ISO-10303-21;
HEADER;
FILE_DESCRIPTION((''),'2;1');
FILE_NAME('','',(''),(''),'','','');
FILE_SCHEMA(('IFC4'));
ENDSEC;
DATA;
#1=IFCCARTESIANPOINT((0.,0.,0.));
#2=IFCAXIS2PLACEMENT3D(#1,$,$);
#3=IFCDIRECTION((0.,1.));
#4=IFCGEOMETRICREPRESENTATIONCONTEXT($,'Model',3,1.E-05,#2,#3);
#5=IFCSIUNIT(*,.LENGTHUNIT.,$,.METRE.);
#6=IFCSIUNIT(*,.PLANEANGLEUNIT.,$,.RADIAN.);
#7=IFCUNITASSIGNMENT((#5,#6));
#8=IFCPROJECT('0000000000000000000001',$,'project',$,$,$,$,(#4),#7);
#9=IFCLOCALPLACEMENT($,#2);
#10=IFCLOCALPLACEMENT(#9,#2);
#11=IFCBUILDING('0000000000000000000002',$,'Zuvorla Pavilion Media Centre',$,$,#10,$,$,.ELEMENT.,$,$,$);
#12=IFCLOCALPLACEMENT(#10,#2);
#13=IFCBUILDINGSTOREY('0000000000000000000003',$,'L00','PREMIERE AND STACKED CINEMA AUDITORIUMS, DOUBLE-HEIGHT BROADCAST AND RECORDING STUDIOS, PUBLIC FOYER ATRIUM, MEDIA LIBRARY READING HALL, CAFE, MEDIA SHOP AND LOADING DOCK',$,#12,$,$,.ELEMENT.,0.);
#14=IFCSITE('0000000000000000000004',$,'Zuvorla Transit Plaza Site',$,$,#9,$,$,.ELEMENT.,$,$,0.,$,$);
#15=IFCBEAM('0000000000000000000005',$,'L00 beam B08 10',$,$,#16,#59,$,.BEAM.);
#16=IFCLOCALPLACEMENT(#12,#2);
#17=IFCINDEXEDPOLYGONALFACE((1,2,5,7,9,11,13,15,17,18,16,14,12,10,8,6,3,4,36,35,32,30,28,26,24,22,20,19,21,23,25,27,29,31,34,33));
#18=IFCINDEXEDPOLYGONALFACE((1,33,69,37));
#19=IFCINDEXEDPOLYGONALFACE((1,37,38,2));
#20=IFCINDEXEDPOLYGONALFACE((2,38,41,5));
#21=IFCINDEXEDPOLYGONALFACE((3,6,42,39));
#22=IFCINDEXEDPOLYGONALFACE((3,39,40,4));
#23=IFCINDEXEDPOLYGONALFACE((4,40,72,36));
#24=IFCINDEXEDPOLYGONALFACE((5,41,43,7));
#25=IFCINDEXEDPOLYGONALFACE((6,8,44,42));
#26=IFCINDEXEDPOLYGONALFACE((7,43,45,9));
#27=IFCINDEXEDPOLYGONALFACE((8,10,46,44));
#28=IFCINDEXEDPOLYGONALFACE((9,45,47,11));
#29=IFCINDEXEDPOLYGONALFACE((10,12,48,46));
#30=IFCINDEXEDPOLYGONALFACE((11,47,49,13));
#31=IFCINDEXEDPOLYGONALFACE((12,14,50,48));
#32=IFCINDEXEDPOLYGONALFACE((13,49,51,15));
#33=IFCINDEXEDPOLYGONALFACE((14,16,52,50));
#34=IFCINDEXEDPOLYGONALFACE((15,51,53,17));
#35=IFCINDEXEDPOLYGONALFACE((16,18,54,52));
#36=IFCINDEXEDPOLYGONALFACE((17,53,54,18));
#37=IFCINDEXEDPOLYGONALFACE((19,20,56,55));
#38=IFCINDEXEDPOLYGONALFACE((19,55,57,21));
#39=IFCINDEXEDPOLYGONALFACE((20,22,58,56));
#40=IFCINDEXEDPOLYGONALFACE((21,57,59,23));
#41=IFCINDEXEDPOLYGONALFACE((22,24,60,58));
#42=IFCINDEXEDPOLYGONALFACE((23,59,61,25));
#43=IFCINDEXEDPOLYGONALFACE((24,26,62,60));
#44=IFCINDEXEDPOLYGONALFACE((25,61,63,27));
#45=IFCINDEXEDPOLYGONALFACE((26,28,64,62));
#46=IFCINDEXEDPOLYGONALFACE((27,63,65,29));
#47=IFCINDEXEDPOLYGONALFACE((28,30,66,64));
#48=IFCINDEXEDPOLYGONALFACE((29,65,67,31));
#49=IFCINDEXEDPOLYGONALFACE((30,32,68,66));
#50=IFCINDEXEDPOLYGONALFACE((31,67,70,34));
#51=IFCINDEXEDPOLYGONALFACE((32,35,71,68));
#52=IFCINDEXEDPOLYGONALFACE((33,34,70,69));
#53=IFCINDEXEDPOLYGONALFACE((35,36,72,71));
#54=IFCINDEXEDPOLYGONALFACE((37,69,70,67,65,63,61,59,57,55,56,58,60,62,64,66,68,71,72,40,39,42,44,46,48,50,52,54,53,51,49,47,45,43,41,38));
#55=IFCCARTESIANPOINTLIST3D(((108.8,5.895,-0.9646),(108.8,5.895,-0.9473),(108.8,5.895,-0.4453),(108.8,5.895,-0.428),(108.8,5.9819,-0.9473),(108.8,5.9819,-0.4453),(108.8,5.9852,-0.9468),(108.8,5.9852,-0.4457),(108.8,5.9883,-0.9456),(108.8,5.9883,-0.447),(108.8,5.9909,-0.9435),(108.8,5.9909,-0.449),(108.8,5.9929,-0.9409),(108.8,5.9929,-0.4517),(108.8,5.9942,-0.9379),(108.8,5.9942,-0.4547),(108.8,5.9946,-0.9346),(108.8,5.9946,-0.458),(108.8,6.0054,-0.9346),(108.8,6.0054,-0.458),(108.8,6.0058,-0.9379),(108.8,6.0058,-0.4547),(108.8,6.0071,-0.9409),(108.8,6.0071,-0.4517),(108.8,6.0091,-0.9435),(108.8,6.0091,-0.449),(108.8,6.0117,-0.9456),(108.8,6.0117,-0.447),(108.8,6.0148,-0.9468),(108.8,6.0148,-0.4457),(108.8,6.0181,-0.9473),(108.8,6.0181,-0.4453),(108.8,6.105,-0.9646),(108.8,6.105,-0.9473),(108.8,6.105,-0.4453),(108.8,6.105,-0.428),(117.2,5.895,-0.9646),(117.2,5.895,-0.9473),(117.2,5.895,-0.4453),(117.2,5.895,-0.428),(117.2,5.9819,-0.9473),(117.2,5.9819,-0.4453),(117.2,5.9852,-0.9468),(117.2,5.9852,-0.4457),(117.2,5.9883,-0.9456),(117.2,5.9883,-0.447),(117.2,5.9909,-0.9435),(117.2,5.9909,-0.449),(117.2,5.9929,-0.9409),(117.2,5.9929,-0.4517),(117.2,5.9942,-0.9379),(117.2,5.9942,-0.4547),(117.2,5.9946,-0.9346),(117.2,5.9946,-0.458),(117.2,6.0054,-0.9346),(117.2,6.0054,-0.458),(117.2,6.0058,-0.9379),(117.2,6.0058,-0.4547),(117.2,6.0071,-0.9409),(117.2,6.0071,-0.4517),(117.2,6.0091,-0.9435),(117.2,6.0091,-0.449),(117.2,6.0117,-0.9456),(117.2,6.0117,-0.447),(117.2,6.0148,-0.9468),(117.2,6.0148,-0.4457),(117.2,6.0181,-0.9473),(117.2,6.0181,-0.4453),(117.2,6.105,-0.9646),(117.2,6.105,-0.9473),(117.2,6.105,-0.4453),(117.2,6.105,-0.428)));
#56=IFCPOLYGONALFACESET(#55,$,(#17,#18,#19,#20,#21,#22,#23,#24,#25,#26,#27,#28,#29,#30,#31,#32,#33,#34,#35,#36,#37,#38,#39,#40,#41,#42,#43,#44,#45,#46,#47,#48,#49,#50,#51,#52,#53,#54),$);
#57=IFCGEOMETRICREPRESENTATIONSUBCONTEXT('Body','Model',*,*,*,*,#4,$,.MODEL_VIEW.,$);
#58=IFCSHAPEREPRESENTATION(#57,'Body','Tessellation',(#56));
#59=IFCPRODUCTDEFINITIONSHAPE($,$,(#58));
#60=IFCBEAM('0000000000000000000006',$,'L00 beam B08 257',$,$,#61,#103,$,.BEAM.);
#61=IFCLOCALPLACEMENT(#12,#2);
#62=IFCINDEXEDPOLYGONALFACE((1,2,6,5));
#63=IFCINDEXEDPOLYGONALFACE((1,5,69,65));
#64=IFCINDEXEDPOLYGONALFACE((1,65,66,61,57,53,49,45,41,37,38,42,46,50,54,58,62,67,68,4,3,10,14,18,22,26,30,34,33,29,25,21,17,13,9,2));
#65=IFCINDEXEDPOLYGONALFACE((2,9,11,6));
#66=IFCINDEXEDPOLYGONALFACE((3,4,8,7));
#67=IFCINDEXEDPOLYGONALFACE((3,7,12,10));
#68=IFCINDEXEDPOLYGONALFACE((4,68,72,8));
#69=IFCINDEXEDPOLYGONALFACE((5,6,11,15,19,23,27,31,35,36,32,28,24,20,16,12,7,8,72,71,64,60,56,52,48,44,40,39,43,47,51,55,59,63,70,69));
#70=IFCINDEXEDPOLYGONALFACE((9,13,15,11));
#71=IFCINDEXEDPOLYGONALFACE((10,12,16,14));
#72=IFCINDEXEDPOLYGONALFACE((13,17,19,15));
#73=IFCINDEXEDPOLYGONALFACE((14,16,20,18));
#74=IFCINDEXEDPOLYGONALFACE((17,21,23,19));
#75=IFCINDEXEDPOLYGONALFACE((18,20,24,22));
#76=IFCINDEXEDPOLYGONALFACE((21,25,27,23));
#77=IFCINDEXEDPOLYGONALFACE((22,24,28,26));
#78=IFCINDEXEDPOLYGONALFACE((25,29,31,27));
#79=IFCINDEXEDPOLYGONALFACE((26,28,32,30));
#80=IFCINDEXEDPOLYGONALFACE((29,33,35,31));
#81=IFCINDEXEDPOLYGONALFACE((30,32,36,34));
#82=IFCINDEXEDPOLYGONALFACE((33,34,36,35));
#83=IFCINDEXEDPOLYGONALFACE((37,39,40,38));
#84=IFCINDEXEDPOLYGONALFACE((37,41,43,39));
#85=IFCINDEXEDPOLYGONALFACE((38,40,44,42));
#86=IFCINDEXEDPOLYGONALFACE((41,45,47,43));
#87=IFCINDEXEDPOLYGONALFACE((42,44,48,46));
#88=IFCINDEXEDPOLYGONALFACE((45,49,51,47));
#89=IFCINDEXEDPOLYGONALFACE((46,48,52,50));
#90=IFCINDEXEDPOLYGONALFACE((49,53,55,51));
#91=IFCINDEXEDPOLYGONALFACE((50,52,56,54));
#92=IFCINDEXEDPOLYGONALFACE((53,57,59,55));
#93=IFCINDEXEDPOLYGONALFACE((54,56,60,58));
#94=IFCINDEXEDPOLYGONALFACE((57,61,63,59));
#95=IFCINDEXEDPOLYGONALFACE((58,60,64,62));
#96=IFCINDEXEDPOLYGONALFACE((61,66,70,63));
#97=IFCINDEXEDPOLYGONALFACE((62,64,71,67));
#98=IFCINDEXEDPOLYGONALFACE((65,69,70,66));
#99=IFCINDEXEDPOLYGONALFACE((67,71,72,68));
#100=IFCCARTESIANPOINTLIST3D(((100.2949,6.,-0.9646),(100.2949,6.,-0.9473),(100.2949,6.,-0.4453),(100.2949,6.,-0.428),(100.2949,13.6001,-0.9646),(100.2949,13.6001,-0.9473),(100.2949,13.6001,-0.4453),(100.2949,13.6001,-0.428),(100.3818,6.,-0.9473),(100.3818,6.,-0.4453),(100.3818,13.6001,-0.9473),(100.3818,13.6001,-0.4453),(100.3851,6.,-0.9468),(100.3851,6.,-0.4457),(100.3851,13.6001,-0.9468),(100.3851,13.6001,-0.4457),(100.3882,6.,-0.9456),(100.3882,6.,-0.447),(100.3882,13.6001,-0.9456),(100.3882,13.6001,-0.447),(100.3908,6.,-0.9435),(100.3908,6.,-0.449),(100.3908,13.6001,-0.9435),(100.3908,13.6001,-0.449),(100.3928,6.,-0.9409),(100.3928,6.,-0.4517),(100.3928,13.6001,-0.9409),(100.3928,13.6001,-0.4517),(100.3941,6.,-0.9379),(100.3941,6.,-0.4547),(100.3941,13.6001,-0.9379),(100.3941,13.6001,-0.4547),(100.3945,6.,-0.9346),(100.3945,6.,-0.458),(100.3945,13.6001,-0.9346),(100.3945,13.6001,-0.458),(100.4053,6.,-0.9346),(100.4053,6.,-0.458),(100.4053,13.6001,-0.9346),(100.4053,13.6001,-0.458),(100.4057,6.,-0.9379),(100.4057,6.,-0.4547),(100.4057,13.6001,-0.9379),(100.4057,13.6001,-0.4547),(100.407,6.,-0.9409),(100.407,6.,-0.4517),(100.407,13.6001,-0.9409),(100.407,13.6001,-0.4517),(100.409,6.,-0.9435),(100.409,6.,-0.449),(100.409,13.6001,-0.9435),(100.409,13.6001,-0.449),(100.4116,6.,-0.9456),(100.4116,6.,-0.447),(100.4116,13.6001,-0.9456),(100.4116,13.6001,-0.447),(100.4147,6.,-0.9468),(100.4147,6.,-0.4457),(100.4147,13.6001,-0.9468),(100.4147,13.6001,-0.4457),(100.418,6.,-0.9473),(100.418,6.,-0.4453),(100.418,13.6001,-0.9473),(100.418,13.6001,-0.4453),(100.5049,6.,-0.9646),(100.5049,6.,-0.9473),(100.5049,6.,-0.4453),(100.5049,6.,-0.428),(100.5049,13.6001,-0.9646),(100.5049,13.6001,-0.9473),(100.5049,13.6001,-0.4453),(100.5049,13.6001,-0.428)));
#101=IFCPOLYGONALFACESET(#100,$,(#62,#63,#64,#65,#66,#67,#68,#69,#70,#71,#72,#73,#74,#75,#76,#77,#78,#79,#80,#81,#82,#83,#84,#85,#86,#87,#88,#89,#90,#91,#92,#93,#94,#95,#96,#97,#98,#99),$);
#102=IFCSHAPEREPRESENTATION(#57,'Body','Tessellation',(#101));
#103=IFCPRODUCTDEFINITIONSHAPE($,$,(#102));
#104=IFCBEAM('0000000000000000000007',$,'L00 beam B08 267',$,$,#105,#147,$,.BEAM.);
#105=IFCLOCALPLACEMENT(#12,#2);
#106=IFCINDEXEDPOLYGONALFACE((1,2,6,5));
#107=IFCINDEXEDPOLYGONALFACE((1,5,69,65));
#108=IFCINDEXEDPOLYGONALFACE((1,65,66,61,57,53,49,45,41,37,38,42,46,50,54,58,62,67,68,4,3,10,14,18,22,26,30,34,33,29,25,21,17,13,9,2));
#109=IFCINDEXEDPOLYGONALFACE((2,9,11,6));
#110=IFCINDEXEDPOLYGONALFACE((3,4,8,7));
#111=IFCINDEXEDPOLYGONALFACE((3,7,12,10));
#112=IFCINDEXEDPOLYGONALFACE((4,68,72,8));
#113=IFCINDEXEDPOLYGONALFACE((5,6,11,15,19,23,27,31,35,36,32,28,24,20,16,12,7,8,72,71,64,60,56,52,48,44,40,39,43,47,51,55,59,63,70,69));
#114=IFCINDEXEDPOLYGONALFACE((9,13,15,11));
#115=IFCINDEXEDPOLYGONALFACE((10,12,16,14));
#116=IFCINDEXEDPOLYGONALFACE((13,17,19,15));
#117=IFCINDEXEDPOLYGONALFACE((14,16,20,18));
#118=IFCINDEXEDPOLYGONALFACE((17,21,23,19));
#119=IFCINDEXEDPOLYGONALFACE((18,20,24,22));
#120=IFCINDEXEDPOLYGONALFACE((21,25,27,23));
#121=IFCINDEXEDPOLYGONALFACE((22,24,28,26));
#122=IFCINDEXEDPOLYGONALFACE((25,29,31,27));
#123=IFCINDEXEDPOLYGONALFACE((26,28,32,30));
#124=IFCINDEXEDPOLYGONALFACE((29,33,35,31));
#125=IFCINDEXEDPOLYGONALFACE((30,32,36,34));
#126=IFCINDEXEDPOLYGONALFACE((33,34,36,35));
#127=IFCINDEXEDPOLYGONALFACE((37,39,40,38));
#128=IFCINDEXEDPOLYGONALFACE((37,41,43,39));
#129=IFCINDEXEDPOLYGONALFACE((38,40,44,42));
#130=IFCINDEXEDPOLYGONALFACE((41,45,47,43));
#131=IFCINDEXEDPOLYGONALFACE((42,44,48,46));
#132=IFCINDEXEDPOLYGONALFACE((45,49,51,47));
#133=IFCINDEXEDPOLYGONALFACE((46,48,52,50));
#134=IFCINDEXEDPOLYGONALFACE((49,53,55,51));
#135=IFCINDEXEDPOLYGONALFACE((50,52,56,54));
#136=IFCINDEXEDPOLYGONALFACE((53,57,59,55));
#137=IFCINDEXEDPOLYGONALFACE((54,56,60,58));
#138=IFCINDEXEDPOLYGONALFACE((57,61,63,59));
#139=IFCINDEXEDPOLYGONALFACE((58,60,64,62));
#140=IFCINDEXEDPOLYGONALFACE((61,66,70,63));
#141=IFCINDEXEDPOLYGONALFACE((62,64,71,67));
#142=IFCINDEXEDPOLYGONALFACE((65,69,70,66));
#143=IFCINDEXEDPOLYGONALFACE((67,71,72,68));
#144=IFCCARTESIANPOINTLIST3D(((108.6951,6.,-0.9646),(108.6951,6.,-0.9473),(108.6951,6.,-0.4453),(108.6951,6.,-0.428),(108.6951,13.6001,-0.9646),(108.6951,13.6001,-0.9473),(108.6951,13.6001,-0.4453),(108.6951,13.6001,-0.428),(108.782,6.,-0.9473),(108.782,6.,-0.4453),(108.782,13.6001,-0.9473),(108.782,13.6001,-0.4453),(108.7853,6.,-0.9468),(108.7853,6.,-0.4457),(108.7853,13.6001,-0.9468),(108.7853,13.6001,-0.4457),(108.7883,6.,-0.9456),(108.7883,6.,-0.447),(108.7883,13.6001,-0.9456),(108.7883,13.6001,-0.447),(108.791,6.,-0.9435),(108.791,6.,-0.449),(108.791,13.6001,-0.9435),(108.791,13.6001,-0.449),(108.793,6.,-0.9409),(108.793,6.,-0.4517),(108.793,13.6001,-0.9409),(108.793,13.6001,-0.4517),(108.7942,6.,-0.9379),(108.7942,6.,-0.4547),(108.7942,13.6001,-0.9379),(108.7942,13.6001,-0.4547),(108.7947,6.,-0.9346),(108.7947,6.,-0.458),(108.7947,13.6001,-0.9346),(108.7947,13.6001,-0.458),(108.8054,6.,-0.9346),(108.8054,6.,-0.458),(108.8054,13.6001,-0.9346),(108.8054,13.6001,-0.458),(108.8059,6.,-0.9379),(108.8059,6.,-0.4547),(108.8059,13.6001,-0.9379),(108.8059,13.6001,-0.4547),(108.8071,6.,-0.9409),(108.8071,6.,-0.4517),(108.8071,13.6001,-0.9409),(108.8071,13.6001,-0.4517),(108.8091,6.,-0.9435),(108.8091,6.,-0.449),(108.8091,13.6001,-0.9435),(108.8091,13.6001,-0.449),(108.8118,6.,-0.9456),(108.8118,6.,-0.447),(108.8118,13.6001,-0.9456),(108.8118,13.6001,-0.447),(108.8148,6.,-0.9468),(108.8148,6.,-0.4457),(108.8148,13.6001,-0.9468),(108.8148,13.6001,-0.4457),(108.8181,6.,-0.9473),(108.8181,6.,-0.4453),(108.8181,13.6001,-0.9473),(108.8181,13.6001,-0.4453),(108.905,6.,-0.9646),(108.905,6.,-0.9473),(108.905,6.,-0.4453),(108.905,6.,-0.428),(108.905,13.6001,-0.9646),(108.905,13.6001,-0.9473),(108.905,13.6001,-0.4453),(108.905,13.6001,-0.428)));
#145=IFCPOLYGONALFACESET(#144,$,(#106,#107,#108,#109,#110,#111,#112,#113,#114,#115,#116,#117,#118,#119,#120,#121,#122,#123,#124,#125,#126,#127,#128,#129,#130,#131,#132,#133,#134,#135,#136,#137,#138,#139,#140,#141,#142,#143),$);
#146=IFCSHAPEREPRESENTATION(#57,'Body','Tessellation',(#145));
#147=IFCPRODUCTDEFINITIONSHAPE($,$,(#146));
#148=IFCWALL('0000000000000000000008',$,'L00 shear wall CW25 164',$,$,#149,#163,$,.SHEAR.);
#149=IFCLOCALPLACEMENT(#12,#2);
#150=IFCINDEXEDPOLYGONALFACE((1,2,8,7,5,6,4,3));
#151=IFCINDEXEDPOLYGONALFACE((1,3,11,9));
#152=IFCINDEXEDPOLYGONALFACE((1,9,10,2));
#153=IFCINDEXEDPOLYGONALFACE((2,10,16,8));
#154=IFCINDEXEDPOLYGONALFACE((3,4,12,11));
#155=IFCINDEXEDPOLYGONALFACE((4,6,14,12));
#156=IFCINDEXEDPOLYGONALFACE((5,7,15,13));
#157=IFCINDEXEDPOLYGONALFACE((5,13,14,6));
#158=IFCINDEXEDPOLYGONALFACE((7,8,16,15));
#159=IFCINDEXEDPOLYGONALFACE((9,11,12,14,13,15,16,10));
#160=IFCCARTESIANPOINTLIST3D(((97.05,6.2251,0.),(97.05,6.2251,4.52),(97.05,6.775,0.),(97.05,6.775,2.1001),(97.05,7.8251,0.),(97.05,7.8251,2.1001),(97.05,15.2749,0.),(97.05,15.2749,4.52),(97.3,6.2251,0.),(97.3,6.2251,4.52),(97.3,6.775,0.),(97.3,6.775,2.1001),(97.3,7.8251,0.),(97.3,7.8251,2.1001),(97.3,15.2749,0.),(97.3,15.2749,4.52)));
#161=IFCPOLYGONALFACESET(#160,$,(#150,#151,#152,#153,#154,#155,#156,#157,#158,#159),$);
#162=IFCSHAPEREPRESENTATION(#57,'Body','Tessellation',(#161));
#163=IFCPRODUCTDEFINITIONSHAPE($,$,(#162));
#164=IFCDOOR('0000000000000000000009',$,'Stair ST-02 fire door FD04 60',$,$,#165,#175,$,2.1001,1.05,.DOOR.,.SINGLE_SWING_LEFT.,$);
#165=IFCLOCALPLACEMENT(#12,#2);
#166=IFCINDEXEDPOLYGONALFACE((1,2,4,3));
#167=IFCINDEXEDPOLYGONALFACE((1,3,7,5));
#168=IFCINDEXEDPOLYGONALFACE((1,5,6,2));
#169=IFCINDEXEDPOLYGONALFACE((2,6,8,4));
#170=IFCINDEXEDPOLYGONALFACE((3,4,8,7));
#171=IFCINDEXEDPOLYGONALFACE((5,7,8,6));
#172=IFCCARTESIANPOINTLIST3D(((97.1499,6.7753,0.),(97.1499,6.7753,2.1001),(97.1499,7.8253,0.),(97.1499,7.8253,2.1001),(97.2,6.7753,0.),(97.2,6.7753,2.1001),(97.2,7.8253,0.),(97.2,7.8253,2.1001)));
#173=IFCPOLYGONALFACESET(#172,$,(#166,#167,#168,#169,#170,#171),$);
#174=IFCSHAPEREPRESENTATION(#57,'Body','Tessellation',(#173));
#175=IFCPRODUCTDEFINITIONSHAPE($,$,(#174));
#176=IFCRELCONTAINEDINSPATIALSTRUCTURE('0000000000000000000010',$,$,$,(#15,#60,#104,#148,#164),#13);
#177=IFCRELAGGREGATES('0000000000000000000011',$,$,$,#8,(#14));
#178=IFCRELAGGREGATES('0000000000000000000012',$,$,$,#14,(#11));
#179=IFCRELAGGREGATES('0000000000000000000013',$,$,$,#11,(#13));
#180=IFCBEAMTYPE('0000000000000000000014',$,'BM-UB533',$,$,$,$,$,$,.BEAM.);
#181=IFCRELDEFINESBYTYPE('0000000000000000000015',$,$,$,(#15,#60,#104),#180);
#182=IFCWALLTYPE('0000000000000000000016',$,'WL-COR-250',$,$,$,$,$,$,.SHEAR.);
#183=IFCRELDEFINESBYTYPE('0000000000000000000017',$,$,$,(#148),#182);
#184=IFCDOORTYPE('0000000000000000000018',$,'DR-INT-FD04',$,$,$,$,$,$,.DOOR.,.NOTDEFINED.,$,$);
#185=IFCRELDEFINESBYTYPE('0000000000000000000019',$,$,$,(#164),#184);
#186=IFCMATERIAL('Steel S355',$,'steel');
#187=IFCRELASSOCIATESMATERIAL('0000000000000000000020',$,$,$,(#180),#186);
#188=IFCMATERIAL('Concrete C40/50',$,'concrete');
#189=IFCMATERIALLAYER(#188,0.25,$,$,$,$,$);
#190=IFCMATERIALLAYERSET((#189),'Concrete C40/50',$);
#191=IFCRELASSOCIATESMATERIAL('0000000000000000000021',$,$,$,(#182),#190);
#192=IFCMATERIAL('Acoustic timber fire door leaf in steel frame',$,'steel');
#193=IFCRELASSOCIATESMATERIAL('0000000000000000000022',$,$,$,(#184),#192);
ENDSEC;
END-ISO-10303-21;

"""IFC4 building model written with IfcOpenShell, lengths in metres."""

from ifc_helpers import new_model, si_unit, direction, frame, frame_2d, origin, origin_2d, place, context, subcontext, project, spatial, rectangle, i_section, extrude, material, layer, layer_set, material_profile, profile_set, type_object, element, fill, save


model = new_model("IFC4")

# Units and contexts
model_context = context("Model", 3, precision=1e-05, world=origin(), true_north=direction((0.0, 1.0)))
body_context = subcontext(model_context, "Body", "Model", "MODEL_VIEW")
ifc_project = project(units=[si_unit("LENGTHUNIT", "METRE"), si_unit("PLANEANGLEUNIT", "RADIAN")], contexts=[model_context])

# Site, building, storey
site_placement = place(None, origin())
site = spatial("IfcSite", under=ifc_project, at=site_placement, Name="Zuvorla Transit Plaza Site", CompositionType="ELEMENT", RefElevation=0.0)
building_placement = place(site_placement, origin())
building = spatial("IfcBuilding", under=site, at=building_placement, Name="Zuvorla Pavilion Media Centre", CompositionType="ELEMENT")
storey_placement = place(building_placement, origin())
storey = spatial("IfcBuildingStorey", under=building, at=storey_placement, Name="L00", Description="PREMIERE AND STACKED CINEMA AUDITORIUMS, DOUBLE-HEIGHT BROADCAST AND RECORDING STUDIOS, PUBLIC FOYER ATRIUM, MEDIA LIBRARY READING HALL, CAFE, MEDIA SHOP AND LOADING DOCK", CompositionType="ELEMENT", Elevation=0.0)

# Shared definitions
ifc_material_1 = material(Name="Concrete C40/50", Category="concrete")

# Beams
ifc_material_2 = material(Name="Steel S355", Category="steel")
ifc_material_profile_1 = material_profile(ifc_material_2, i_section(OverallWidth=0.21, OverallDepth=0.5366, WebThickness=0.0107, FlangeThickness=0.0173, FilletRadius=0.0127, at=origin_2d()), Name="UB 533x210x101")
ifc_profile_set_1 = profile_set([ifc_material_profile_1], Name="Steel S355")
beam_type_1 = type_object("IfcBeamType", Name="BM-UB533", PredefinedType="BEAM", material=ifc_profile_set_1)
beam_1_placement = place(storey_placement, frame((108.8, 6.0, -0.6963), z_axis=(1.0, 0.0, 0.0), x_axis=(0.0, 1.0, 0.0)))
element("IfcBeam", 1, at=beam_1_placement, inside=storey, type_object=beam_type_1, Name="L00 beam B08 10", PredefinedType="BEAM", context=body_context, shape_type="SweptSolid", body=[
    extrude(i_section(OverallWidth=0.21, OverallDepth=0.5366, WebThickness=0.0107, FlangeThickness=0.0173, FilletRadius=0.0127, at=origin_2d()), origin(), (0.0, 0.0, 1.0), 8.3999),
])
for number, where, z_axis, x_axis, name in (
    (2, (100.3999, 6.0, -0.6963), (0.0, 1.0, 0.0), (-1.0, 0.0, 0.0), "L00 beam B08 257"),
    (3, (108.8, 6.0, -0.6963), (0.0, 1.0, 0.0), (-1.0, 0.0, 0.0), "L00 beam B08 267"),
):
    element("IfcBeam", number, at=place(storey_placement, frame(where, z_axis=z_axis, x_axis=x_axis)), inside=storey, type_object=beam_type_1, Name=name, PredefinedType="BEAM", context=body_context, shape_type="SweptSolid", body=[
        extrude(i_section(OverallWidth=0.21, OverallDepth=0.5366, WebThickness=0.0107, FlangeThickness=0.0173, FilletRadius=0.0127, at=origin_2d()), origin(), (0.0, 0.0, 1.0), 7.6001),
    ])

# Wall, opening, door
ifc_layer_1 = layer(ifc_material_1, 0.25)
ifc_layer_set_1 = layer_set([ifc_layer_1], Name="Concrete C40/50")
wall_type_1 = type_object("IfcWallType", Name="WL-COR-250", PredefinedType="SHEAR", material=ifc_layer_set_1)
wall_1_placement = place(storey_placement, frame((97.175, 6.2251, 0.0), z_axis=(0.0, 0.0, 1.0), x_axis=(0.0, 1.0, 0.0)))
wall_1 = element("IfcWall", 4, at=wall_1_placement, inside=storey, type_object=wall_type_1, Name="L00 shear wall CW25 164", PredefinedType="SHEAR", context=body_context, shape_type="SweptSolid", body=[
    extrude(rectangle(XDim=9.0498, YDim=0.25, at=frame_2d((4.5249, 0.0))), origin(), (0.0, 0.0, 1.0), 4.52),
])
opening_1_placement = place(wall_1_placement, frame((0.55, 0.0, 0.0)))
opening_1 = element("IfcOpeningElement", 5, at=opening_1_placement, cuts=wall_1, PredefinedType="OPENING", context=body_context, shape_type="SweptSolid", body=[
    extrude(rectangle(XDim=1.05, YDim=2.1001, at=frame_2d((0.5249, 1.05))), frame((0.0, 0.135, 0.0), z_axis=(0.0, -1.0, 0.0), x_axis=(1.0, 0.0, 0.0)), (0.0, 0.0, 1.0), 0.27),
])
ifc_material_3 = material(Name="Acoustic timber fire door leaf in steel frame", Category="steel")
door_type = type_object("IfcDoorType", Name="DR-INT-FD04", OperationType="NOTDEFINED", PredefinedType="DOOR", material=ifc_material_3)
door_placement = place(opening_1_placement, frame((1.05, 0.0, 0.0), z_axis=(0.0, 0.0, 1.0), x_axis=(-1.0, 0.0, 0.0)))
door = element("IfcDoor", 6, at=door_placement, inside=storey, type_object=door_type, Name="Stair ST-02 fire door FD04 60", OperationType="SINGLE_SWING_LEFT", OverallHeight=2.1001, OverallWidth=1.05, PredefinedType="DOOR", context=body_context, shape_type="SweptSolid", body=[
    extrude(rectangle(XDim=1.05, YDim=2.1001, at=frame_2d((0.5249, 1.05))), frame((0.0, 0.0249, 0.0), z_axis=(0.0, -1.0, 0.0), x_axis=(1.0, 0.0, 0.0)), (0.0, 0.0, 1.0), 0.05),
])
fill(opening_1, door)

save(model, "model.ifc")
